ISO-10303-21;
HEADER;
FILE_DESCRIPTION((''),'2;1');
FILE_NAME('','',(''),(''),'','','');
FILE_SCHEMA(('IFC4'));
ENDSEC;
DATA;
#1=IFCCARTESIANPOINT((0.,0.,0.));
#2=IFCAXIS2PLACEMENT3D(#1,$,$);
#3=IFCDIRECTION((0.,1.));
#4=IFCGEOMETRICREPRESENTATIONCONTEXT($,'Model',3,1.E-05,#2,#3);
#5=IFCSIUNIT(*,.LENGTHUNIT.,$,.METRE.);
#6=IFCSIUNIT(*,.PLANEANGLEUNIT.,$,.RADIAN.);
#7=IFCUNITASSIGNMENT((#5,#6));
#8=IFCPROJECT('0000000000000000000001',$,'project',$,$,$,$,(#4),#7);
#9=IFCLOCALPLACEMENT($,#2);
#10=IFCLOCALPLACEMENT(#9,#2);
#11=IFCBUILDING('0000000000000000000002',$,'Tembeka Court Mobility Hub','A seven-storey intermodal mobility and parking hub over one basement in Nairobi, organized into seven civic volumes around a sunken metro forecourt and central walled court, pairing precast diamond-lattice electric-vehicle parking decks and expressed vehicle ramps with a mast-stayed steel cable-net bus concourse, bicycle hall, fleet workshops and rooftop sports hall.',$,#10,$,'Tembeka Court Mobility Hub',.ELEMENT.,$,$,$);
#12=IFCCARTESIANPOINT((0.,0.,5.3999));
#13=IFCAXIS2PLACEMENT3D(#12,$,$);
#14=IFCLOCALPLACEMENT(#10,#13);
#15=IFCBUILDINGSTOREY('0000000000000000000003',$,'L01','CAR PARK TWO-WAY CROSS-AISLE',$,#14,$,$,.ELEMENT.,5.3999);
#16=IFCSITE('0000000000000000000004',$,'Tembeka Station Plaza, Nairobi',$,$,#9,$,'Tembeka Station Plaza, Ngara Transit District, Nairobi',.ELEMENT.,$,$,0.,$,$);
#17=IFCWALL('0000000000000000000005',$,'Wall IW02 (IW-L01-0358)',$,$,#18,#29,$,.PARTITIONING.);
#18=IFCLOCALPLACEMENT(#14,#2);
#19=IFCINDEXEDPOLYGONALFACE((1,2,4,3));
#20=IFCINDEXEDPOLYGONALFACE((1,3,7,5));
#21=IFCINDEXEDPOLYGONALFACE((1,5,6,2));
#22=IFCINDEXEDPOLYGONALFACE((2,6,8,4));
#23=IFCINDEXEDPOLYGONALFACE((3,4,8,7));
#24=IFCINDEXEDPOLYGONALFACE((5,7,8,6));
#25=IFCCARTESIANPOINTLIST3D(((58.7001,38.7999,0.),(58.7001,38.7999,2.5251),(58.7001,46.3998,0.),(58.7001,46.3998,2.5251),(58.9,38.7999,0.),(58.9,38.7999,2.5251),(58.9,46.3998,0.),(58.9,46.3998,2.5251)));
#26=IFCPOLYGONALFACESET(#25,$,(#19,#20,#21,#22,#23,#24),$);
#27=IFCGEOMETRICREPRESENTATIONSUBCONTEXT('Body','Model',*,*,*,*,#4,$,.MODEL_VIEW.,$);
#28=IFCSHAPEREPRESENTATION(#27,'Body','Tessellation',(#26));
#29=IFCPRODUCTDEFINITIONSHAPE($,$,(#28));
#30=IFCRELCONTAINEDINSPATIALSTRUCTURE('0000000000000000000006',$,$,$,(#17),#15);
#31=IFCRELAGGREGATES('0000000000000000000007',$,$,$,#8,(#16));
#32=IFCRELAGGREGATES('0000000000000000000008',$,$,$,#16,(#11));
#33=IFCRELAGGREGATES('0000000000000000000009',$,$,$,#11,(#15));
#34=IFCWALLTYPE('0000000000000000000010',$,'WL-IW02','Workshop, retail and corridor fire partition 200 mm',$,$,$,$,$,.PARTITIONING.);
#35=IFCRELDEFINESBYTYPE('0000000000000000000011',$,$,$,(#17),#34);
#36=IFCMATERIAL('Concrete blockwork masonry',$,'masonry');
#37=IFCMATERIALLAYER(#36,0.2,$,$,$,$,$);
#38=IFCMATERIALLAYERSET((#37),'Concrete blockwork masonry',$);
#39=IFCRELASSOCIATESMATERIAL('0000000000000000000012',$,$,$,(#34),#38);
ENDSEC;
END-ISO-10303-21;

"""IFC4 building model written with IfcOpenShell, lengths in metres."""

from ifc_helpers import new_model, si_unit, direction, frame, frame_2d, origin, place, context, subcontext, project, spatial, rectangle, extrude, material, layer, layer_set, type_object, element, save


model = new_model("IFC4")

# Units and contexts
model_context = context("Model", 3, precision=1e-05, world=origin(), true_north=direction((0.0, 1.0)))
body_context = subcontext(model_context, "Body", "Model", "MODEL_VIEW")
ifc_project = project(units=[si_unit("LENGTHUNIT", "METRE"), si_unit("PLANEANGLEUNIT", "RADIAN")], contexts=[model_context])

# Site, building, storey
site_placement = place(None, origin())
site = spatial("IfcSite", under=ifc_project, at=site_placement, Name="Tembeka Station Plaza, Nairobi", LongName="Tembeka Station Plaza, Ngara Transit District, Nairobi", CompositionType="ELEMENT", RefElevation=0.0)
building_placement = place(site_placement, origin())
building = spatial("IfcBuilding", under=site, at=building_placement, Name="Tembeka Court Mobility Hub", Description="A seven-storey intermodal mobility and parking hub over one basement in Nairobi, organized into seven civic volumes around a sunken metro forecourt and central walled court, pairing precast diamond-lattice electric-vehicle parking decks and expressed vehicle ramps with a mast-stayed steel cable-net bus concourse, bicycle hall, fleet workshops and rooftop sports hall.", LongName="Tembeka Court Mobility Hub", CompositionType="ELEMENT")
storey_placement = place(building_placement, frame((0.0, 0.0, 5.3999)))
storey = spatial("IfcBuildingStorey", under=building, at=storey_placement, Name="L01", Description="CAR PARK TWO-WAY CROSS-AISLE", CompositionType="ELEMENT", Elevation=5.3999)

# Wall
ifc_material_1 = material(Name="Concrete blockwork masonry", Category="masonry")
ifc_layer = layer(ifc_material_1, 0.2)
ifc_layer_set = layer_set([ifc_layer], Name="Concrete blockwork masonry")
wall_type = type_object("IfcWallType", Name="WL-IW02", Description="Workshop, retail and corridor fire partition 200 mm", PredefinedType="PARTITIONING", material=ifc_layer_set)
wall_placement = place(storey_placement, frame((58.8, 38.8, 0.0), z_axis=(0.0, 0.0, 1.0), x_axis=(0.0, 1.0, 0.0)))
element("IfcWall", 1, at=wall_placement, inside=storey, type_object=wall_type, Name="Wall IW02 (IW-L01-0358)", PredefinedType="PARTITIONING", context=body_context, shape_type="SweptSolid", body=[
    extrude(rectangle(XDim=7.5999, YDim=0.2, at=frame_2d((3.7998, 0.0))), origin(), (0.0, 0.0, 1.0), 2.5251),
])

save(model, "model.ifc")
